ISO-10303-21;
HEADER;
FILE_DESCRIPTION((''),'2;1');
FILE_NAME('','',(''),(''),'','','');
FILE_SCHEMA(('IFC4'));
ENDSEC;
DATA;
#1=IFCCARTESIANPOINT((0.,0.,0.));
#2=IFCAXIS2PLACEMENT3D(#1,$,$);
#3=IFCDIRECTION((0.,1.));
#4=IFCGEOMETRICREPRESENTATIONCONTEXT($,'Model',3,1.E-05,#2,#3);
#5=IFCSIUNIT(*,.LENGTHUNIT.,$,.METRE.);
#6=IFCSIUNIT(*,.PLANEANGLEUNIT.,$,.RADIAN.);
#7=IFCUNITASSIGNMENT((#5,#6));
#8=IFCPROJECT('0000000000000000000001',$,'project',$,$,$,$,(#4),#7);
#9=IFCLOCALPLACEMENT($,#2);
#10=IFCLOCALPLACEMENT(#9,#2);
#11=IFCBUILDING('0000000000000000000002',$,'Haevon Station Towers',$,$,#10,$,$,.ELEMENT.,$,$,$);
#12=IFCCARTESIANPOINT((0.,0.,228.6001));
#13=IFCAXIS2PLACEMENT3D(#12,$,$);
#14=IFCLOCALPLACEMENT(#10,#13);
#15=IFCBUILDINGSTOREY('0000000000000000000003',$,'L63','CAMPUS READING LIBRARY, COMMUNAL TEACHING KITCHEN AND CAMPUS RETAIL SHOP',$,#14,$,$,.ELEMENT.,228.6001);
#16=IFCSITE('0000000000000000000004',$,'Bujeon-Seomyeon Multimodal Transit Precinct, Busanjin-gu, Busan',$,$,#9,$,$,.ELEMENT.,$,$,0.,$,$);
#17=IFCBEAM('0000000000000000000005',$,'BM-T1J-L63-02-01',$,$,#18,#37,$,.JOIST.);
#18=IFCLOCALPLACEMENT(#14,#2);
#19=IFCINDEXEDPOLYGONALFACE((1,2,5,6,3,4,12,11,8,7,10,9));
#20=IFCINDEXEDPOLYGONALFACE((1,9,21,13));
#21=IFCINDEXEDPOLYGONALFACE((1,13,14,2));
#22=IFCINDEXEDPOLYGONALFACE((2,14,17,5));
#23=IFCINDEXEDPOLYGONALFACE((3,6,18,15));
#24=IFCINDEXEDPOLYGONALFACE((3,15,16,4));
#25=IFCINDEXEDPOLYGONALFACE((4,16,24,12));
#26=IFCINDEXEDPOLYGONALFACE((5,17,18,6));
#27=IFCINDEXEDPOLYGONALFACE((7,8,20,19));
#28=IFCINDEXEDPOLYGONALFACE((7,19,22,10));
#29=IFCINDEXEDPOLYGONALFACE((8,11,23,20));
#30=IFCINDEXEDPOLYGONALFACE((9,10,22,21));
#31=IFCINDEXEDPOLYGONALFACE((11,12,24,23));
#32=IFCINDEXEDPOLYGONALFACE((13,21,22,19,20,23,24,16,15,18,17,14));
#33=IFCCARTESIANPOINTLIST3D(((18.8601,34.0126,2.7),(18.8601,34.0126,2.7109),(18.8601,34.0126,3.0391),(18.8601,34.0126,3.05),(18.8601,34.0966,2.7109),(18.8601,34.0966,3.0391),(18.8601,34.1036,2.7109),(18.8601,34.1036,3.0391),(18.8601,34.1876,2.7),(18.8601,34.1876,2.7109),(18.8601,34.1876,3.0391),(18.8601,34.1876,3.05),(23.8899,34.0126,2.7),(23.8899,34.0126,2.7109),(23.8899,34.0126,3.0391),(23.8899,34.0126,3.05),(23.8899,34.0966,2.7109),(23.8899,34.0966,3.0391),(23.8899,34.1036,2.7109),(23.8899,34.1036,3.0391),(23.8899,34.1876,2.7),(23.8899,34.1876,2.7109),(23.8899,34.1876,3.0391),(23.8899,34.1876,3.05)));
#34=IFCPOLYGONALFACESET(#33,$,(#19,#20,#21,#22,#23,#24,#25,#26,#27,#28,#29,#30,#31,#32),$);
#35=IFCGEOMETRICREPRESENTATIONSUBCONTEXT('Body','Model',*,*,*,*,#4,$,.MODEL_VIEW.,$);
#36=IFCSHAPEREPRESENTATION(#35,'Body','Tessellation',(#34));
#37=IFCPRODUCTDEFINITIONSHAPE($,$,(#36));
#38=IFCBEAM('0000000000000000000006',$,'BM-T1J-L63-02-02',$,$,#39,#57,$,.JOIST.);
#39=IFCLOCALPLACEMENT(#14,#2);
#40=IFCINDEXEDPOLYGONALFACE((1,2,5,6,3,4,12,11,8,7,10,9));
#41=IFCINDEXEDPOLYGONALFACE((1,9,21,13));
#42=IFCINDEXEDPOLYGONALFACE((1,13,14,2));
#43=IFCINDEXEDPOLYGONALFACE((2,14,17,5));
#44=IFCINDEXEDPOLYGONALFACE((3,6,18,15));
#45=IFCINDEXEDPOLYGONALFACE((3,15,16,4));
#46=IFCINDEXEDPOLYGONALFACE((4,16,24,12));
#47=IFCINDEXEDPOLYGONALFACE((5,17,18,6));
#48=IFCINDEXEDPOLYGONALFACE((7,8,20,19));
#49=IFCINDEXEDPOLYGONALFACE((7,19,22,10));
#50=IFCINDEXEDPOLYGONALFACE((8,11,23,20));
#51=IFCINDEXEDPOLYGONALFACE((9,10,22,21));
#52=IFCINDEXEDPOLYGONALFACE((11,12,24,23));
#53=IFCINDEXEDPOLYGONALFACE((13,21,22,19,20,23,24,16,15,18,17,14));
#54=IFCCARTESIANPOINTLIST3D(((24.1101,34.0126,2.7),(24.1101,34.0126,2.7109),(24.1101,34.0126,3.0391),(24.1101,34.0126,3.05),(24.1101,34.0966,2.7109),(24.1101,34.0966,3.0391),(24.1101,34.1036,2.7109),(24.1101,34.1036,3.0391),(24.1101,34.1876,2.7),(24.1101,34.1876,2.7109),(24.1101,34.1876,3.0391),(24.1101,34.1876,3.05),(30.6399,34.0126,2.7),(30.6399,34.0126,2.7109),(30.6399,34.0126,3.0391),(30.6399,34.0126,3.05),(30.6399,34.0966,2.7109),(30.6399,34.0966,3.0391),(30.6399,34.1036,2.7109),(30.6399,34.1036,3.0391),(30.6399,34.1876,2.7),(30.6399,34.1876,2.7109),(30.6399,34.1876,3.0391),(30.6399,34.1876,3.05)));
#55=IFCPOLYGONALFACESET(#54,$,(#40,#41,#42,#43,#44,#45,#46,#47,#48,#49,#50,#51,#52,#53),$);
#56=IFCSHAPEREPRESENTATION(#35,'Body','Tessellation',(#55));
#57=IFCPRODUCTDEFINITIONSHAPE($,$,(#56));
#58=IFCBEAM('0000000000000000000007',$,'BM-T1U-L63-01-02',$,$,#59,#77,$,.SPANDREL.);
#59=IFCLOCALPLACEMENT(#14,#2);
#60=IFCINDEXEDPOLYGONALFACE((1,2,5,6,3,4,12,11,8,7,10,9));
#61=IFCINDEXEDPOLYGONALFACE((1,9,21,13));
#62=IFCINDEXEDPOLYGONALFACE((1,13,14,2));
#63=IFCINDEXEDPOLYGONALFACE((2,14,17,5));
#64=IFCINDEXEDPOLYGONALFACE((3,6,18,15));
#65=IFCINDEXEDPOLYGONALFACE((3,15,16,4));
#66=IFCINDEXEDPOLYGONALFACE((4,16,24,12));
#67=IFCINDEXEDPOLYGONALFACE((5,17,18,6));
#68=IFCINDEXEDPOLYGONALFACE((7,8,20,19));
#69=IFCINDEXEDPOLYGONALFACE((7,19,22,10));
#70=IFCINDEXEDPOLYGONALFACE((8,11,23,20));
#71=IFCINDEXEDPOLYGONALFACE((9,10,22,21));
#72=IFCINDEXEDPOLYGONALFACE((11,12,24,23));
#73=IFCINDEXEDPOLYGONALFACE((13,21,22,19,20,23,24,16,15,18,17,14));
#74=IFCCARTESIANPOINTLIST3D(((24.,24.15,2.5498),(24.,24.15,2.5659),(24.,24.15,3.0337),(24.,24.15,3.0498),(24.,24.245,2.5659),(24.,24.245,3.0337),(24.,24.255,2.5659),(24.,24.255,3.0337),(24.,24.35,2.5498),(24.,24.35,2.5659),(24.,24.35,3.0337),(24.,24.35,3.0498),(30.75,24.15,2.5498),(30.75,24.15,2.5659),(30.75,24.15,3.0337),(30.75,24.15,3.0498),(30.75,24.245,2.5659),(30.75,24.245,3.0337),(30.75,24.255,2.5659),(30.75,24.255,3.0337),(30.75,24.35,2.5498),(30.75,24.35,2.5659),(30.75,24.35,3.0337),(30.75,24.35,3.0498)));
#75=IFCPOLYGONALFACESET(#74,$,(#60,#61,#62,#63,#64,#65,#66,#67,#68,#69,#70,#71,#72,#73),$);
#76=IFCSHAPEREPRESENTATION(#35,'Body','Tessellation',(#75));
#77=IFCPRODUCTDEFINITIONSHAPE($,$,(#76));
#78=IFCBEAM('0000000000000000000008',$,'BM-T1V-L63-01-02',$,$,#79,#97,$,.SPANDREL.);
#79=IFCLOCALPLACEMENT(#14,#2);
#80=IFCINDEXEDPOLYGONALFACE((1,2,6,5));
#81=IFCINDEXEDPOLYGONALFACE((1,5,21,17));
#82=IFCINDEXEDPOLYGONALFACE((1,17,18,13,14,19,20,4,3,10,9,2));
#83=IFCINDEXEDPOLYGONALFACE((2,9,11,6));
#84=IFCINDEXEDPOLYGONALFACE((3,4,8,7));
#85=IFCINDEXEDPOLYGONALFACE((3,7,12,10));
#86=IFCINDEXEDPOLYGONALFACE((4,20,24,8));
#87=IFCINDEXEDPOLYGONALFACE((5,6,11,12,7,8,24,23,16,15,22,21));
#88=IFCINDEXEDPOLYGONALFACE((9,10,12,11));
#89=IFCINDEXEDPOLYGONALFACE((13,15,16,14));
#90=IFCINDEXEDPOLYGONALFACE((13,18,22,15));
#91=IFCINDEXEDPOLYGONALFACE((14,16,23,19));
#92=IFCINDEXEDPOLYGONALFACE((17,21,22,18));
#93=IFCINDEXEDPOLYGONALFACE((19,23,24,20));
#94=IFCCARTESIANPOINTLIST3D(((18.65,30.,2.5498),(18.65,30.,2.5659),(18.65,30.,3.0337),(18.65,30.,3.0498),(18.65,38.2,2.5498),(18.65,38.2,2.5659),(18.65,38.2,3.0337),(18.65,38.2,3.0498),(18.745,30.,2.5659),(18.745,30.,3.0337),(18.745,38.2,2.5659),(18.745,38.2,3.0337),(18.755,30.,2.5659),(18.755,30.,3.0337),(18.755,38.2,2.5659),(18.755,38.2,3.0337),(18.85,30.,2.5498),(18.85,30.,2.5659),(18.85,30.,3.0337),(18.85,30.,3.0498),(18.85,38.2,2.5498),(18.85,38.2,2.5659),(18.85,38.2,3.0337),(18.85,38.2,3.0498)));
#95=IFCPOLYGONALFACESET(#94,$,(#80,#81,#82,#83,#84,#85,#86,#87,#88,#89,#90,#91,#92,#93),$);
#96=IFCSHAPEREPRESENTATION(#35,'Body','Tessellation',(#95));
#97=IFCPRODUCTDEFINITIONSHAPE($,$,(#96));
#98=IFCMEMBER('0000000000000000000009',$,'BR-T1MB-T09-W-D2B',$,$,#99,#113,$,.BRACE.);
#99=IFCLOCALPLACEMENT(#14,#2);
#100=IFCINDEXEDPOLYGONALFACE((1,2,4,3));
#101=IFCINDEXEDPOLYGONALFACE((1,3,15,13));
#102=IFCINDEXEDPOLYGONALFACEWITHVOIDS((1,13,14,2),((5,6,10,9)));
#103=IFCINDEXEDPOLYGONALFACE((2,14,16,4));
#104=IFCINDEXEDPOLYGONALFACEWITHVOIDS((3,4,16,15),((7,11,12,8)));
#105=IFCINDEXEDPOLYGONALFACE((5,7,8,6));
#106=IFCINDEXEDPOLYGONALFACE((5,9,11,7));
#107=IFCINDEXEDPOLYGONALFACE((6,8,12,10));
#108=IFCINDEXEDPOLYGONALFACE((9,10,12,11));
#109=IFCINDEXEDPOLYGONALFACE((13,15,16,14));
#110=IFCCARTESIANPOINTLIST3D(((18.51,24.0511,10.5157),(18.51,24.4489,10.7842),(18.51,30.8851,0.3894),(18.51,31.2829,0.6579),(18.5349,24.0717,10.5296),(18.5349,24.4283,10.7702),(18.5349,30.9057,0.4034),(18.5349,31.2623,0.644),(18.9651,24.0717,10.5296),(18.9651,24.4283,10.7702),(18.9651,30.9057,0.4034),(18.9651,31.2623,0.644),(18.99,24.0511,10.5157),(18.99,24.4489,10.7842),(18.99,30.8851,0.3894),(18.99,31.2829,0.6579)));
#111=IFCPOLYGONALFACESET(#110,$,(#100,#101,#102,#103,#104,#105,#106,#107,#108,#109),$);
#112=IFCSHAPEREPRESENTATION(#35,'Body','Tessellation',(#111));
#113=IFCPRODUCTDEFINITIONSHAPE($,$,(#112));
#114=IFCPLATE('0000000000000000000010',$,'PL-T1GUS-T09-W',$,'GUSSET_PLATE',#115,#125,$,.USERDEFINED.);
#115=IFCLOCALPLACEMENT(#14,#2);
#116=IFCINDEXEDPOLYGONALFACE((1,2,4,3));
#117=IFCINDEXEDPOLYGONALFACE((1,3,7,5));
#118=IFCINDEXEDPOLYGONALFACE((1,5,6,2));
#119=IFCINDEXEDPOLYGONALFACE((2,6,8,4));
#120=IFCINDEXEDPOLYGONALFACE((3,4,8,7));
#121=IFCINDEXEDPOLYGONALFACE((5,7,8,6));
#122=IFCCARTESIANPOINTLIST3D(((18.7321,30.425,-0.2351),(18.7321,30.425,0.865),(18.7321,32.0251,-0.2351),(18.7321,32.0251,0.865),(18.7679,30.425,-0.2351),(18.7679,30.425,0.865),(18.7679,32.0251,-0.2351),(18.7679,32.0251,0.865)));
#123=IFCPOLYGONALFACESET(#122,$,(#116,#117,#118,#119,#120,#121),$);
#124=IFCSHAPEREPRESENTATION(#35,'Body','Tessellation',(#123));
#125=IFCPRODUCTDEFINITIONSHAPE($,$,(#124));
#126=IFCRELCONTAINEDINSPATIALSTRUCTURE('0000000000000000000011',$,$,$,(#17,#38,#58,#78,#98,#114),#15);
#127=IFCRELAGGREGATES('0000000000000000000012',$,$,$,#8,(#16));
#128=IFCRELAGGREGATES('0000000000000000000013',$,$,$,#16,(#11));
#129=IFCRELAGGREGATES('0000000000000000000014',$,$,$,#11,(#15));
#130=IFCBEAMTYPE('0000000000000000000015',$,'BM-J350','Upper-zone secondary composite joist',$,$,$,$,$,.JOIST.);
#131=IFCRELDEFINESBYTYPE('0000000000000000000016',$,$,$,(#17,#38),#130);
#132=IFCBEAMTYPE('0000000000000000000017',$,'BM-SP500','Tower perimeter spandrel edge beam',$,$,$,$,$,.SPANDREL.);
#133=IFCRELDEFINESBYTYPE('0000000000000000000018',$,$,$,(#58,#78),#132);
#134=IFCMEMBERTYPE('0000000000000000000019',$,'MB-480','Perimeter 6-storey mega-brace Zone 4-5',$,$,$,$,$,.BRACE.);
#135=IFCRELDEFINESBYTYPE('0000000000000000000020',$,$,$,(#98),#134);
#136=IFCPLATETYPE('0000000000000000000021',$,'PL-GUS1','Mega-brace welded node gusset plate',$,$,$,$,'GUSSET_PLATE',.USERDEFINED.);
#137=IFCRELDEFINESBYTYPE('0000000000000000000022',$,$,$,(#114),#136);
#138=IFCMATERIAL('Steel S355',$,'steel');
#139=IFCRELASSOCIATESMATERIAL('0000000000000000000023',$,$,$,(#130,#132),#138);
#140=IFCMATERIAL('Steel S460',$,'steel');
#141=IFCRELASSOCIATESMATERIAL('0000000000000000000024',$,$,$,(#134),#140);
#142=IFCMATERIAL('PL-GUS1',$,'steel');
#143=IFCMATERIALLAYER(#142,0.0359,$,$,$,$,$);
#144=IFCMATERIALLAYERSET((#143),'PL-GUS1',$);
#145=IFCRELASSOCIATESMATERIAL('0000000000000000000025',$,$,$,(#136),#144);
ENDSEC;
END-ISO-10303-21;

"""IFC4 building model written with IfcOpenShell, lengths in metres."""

from ifc_helpers import new_model, si_unit, direction, frame, origin, origin_2d, place, context, subcontext, project, spatial, rectangle, hollow_rectangle, i_section, extrude, material, layer, layer_set, material_profile, profile_set, type_object, element, save


model = new_model("IFC4")

# Units and contexts
model_context = context("Model", 3, precision=1e-05, world=origin(), true_north=direction((0.0, 1.0)))
body_context = subcontext(model_context, "Body", "Model", "MODEL_VIEW")
ifc_project = project(units=[si_unit("LENGTHUNIT", "METRE"), si_unit("PLANEANGLEUNIT", "RADIAN")], contexts=[model_context])

# Site, building, storey
site_placement = place(None, origin())
site = spatial("IfcSite", under=ifc_project, at=site_placement, Name="Bujeon-Seomyeon Multimodal Transit Precinct, Busanjin-gu, Busan", CompositionType="ELEMENT", RefElevation=0.0)
building_placement = place(site_placement, origin())
building = spatial("IfcBuilding", under=site, at=building_placement, Name="Haevon Station Towers", CompositionType="ELEMENT")
storey_placement = place(building_placement, frame((0.0, 0.0, 228.6001)))
storey = spatial("IfcBuildingStorey", under=building, at=storey_placement, Name="L63", Description="CAMPUS READING LIBRARY, COMMUNAL TEACHING KITCHEN AND CAMPUS RETAIL SHOP", CompositionType="ELEMENT", Elevation=228.6001)

# Shared definitions
ifc_material_1 = material(Name="Steel S355", Category="steel")

# Beams
ifc_material_profile_1 = material_profile(ifc_material_1, i_section(OverallWidth=0.175, OverallDepth=0.3501, WebThickness=0.0071, FlangeThickness=0.011, at=origin_2d()), Name="H-350x175x7x11")
ifc_profile_set_1 = profile_set([ifc_material_profile_1], Name="Steel S355")
beam_type_1 = type_object("IfcBeamType", Name="BM-J350", Description="Upper-zone secondary composite joist", PredefinedType="JOIST", material=ifc_profile_set_1)
beam_1_placement = place(storey_placement, frame((18.8601, 34.1001, 2.875), z_axis=(1.0, 0.0, 0.0), x_axis=(0.0, 1.0, 0.0)))
element("IfcBeam", 1, at=beam_1_placement, inside=storey, type_object=beam_type_1, Name="BM-T1J-L63-02-01", PredefinedType="JOIST", context=body_context, shape_type="SweptSolid", body=[
    extrude(i_section(OverallWidth=0.175, OverallDepth=0.3501, WebThickness=0.0071, FlangeThickness=0.011, at=origin_2d()), origin(), (0.0, 0.0, 1.0), 5.0298),
])
beam_2_placement = place(storey_placement, frame((24.1101, 34.1001, 2.875), z_axis=(1.0, 0.0, 0.0), x_axis=(0.0, 1.0, 0.0)))
element("IfcBeam", 2, at=beam_2_placement, inside=storey, type_object=beam_type_1, Name="BM-T1J-L63-02-02", PredefinedType="JOIST", context=body_context, shape_type="SweptSolid", body=[
    extrude(i_section(OverallWidth=0.175, OverallDepth=0.3501, WebThickness=0.0071, FlangeThickness=0.011, at=origin_2d()), origin(), (0.0, 0.0, 1.0), 6.5298),
])
ifc_material_profile_2 = material_profile(ifc_material_1, i_section(OverallWidth=0.2, OverallDepth=0.5, WebThickness=0.01, FlangeThickness=0.0161, at=origin_2d()), Name="H-500x200x10x16")
ifc_profile_set_2 = profile_set([ifc_material_profile_2], Name="Steel S355")
beam_type_2 = type_object("IfcBeamType", Name="BM-SP500", Description="Tower perimeter spandrel edge beam", PredefinedType="SPANDREL", material=ifc_profile_set_2)
beam_3_placement = place(storey_placement, frame((24.0, 24.25, 2.7998), z_axis=(1.0, 0.0, 0.0), x_axis=(0.0, 1.0, 0.0)))
element("IfcBeam", 3, at=beam_3_placement, inside=storey, type_object=beam_type_2, Name="BM-T1U-L63-01-02", PredefinedType="SPANDREL", context=body_context, shape_type="SweptSolid", body=[
    extrude(i_section(OverallWidth=0.2, OverallDepth=0.5, WebThickness=0.01, FlangeThickness=0.0161, at=origin_2d()), origin(), (0.0, 0.0, 1.0), 6.75),
])
beam_4_placement = place(storey_placement, frame((18.75, 30.0, 2.7998), z_axis=(0.0, 1.0, 0.0), x_axis=(-1.0, 0.0, 0.0)))
element("IfcBeam", 4, at=beam_4_placement, inside=storey, type_object=beam_type_2, Name="BM-T1V-L63-01-02", PredefinedType="SPANDREL", context=body_context, shape_type="SweptSolid", body=[
    extrude(i_section(OverallWidth=0.2, OverallDepth=0.5, WebThickness=0.01, FlangeThickness=0.0161, at=origin_2d()), origin(), (0.0, 0.0, 1.0), 8.2),
])

# Member
ifc_material_2 = material(Name="Steel S460", Category="steel")
ifc_material_profile_3 = material_profile(ifc_material_2, hollow_rectangle(XDim=0.48, YDim=0.48, WallThickness=0.0249, at=origin_2d()), Name="RHS-480x480x25")
ifc_profile_set_3 = profile_set([ifc_material_profile_3], Name="Steel S460")
member_type = type_object("IfcMemberType", Name="MB-480", Description="Perimeter 6-storey mega-brace Zone 4-5", PredefinedType="BRACE", material=ifc_profile_set_3)
member_placement = place(storey_placement, frame((18.75, 31.084, 0.5237), z_axis=(0.0, -0.559405, 0.828895), x_axis=(1.0, 0.0, 0.0)))
element("IfcMember", 5, at=member_placement, inside=storey, type_object=member_type, Name="BR-T1MB-T09-W-D2B", PredefinedType="BRACE", context=body_context, shape_type="SweptSolid", body=[
    extrude(hollow_rectangle(XDim=0.48, YDim=0.48, WallThickness=0.0249, at=origin_2d()), origin(), (0.0, 0.0, 1.0), 12.2166),
])

# Plate
ifc_material_3 = material(Name="PL-GUS1", Category="steel")
ifc_layer_1 = layer(ifc_material_3, 0.0359)
ifc_layer_set_1 = layer_set([ifc_layer_1], Name="PL-GUS1")
plate_type = type_object("IfcPlateType", Name="PL-GUS1", Description="Mega-brace welded node gusset plate", ElementType="GUSSET_PLATE", PredefinedType="USERDEFINED", material=ifc_layer_set_1)
plate_placement = place(storey_placement, frame((18.75, 31.2251, -0.2351), z_axis=(0.0, 0.0, 1.0), x_axis=(0.0, 1.0, 0.0)))
element("IfcPlate", 6, at=plate_placement, inside=storey, type_object=plate_type, Name="PL-T1GUS-T09-W", ObjectType="GUSSET_PLATE", PredefinedType="USERDEFINED", context=body_context, shape_type="SweptSolid", body=[
    extrude(rectangle(XDim=1.6001, YDim=0.0359, at=origin_2d()), origin(), (0.0, 0.0, 1.0), 1.1001),
])

save(model, "model.ifc")
